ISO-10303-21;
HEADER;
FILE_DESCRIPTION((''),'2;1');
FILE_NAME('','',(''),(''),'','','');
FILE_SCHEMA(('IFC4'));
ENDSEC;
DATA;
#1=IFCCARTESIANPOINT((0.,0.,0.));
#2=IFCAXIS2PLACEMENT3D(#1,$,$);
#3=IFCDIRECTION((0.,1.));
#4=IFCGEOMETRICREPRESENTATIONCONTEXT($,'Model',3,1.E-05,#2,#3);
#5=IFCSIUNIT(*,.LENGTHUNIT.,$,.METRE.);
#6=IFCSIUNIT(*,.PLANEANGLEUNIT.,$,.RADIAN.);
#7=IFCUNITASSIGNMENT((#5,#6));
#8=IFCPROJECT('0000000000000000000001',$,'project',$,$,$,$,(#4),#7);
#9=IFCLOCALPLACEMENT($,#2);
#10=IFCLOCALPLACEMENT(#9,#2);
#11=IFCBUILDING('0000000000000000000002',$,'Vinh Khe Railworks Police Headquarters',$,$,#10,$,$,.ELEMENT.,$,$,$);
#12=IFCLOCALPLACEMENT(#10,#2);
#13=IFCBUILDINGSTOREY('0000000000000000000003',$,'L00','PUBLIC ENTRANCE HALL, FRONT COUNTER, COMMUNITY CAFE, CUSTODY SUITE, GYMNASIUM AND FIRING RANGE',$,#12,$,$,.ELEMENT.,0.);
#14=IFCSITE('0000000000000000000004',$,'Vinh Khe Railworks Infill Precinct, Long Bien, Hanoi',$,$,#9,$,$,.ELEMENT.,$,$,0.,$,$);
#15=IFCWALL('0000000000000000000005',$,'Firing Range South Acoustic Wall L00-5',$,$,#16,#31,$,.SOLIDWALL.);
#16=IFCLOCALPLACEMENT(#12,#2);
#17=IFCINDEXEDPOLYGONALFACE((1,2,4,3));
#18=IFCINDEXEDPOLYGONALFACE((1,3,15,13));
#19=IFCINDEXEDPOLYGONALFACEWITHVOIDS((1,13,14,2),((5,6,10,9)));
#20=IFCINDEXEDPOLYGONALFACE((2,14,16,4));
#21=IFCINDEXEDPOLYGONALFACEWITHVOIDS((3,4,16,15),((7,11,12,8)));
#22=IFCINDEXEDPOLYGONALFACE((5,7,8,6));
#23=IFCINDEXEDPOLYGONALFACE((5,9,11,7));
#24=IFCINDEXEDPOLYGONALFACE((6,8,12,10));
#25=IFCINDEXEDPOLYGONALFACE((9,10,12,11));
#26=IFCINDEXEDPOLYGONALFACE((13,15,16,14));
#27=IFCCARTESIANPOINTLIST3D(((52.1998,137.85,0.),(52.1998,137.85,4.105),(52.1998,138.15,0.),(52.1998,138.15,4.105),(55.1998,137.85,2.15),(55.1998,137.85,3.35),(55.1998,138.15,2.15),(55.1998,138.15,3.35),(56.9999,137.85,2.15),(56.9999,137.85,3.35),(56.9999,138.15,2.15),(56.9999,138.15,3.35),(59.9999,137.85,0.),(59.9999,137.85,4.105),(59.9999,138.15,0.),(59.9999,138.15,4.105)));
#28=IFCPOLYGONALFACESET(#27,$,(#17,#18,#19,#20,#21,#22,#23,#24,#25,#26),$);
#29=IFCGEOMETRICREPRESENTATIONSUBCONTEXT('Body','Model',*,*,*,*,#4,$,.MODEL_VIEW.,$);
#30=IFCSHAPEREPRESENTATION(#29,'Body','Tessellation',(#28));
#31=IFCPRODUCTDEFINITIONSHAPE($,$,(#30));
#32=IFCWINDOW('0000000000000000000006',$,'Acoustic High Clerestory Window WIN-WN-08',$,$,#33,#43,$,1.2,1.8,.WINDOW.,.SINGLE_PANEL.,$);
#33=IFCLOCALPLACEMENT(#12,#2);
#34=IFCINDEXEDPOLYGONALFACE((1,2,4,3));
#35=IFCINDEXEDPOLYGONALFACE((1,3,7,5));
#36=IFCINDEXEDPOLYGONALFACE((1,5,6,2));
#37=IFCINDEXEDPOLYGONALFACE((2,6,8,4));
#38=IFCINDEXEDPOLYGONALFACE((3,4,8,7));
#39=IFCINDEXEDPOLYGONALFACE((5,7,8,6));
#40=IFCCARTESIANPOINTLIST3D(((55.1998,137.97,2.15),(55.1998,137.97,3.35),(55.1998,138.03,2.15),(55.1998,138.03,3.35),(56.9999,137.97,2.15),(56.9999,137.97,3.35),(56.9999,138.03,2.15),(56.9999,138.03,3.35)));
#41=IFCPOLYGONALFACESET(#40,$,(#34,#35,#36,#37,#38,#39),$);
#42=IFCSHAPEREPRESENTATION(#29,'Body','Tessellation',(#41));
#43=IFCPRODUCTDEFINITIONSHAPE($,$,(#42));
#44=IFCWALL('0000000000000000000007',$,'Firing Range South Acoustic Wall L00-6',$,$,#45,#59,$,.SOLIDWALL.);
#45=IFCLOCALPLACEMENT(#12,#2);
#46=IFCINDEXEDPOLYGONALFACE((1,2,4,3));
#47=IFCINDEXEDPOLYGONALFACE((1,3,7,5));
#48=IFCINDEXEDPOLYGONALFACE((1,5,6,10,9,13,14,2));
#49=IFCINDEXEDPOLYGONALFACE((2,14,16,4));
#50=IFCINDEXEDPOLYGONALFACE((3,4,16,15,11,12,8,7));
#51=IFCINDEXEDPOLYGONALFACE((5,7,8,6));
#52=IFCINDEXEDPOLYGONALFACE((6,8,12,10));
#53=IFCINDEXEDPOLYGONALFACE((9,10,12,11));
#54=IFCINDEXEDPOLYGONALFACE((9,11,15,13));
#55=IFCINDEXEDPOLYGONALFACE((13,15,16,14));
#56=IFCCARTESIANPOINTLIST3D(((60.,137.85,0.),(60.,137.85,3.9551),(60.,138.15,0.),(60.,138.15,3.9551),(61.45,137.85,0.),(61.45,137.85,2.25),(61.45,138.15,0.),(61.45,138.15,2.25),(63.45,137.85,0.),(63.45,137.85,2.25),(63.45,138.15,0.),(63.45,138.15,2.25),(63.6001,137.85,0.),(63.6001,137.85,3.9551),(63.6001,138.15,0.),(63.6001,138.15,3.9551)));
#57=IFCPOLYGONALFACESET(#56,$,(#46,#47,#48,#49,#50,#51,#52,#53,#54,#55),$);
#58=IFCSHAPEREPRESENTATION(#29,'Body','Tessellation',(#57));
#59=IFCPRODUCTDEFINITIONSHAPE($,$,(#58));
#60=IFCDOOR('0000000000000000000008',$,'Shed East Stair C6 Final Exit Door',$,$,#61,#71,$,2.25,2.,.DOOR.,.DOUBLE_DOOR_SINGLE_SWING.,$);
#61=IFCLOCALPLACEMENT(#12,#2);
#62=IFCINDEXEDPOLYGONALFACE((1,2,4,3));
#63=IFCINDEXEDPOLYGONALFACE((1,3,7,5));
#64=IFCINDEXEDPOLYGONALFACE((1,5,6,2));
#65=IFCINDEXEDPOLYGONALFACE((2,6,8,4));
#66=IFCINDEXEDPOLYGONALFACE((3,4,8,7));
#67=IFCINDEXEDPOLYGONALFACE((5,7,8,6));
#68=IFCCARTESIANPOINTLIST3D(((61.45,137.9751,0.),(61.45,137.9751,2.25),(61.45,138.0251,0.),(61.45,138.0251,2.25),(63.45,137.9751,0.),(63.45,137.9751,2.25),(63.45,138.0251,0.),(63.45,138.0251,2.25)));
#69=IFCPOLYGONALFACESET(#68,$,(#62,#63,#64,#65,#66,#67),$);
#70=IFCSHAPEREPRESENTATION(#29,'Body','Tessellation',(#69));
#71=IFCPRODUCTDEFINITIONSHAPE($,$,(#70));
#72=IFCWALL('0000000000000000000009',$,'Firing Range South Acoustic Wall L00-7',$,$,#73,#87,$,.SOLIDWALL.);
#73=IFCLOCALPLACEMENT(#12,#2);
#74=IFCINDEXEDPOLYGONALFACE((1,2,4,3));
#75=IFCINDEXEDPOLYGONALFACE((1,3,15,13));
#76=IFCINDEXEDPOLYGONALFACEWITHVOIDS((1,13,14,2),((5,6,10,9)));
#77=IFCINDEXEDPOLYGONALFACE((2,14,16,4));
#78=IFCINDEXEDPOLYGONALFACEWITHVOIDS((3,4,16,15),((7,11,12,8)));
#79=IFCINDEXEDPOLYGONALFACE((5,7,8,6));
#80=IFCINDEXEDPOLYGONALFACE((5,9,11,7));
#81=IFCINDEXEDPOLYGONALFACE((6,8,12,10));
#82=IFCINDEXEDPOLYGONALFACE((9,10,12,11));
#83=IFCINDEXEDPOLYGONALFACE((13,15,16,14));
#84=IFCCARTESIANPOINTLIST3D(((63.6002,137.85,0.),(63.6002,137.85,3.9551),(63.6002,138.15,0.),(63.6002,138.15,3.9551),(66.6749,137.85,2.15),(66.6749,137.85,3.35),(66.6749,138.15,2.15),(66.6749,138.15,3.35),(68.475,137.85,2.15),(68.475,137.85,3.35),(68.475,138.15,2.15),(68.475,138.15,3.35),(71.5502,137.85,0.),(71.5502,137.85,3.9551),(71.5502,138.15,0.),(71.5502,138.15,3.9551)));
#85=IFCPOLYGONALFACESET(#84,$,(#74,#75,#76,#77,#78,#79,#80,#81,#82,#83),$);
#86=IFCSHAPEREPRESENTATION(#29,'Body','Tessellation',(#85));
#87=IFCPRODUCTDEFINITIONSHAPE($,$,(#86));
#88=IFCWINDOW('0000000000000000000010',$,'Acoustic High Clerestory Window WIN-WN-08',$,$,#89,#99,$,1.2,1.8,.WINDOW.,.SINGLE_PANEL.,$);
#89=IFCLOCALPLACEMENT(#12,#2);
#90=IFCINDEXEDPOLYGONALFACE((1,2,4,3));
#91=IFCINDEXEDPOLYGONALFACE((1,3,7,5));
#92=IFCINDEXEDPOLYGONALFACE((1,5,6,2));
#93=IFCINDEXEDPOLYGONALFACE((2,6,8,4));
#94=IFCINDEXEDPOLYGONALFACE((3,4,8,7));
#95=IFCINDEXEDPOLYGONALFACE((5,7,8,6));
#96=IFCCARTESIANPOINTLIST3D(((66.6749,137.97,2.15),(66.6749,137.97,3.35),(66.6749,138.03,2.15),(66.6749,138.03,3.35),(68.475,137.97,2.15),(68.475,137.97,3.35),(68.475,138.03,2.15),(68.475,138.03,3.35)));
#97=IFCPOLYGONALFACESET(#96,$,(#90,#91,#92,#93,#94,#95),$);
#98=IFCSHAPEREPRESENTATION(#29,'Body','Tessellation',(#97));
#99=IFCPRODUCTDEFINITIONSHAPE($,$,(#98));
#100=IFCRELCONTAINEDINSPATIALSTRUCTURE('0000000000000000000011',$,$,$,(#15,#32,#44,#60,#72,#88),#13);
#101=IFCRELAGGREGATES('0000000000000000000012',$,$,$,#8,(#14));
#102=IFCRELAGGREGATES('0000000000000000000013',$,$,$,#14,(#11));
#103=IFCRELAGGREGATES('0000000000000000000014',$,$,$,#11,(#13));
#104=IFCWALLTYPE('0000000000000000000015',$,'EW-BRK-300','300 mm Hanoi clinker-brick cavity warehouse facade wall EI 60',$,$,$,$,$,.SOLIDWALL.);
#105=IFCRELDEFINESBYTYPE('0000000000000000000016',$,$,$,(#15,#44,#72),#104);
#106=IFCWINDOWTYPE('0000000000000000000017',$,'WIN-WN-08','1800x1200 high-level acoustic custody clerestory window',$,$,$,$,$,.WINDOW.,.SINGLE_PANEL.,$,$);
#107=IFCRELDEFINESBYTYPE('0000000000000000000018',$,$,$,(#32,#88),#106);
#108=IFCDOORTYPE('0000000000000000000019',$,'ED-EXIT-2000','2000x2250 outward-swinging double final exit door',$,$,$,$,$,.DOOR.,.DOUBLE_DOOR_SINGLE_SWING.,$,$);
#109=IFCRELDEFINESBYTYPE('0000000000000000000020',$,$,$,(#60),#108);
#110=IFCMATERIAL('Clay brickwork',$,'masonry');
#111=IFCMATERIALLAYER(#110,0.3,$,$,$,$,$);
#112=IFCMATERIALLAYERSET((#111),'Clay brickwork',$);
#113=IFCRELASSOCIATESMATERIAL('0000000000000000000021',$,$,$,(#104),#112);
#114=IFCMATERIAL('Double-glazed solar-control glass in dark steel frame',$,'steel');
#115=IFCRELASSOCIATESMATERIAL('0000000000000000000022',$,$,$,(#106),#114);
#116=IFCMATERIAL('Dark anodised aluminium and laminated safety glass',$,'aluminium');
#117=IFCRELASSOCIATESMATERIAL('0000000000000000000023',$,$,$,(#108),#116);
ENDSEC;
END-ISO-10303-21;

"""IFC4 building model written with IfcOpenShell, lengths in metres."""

from ifc_helpers import new_model, si_unit, direction, frame, frame_2d, origin, place, context, subcontext, project, spatial, rectangle, extrude, material, layer, layer_set, type_object, element, fill, save


model = new_model("IFC4")

# Units and contexts
model_context = context("Model", 3, precision=1e-05, world=origin(), true_north=direction((0.0, 1.0)))
body_context = subcontext(model_context, "Body", "Model", "MODEL_VIEW")
ifc_project = project(units=[si_unit("LENGTHUNIT", "METRE"), si_unit("PLANEANGLEUNIT", "RADIAN")], contexts=[model_context])

# Site, building, storey
site_placement = place(None, origin())
site = spatial("IfcSite", under=ifc_project, at=site_placement, Name="Vinh Khe Railworks Infill Precinct, Long Bien, Hanoi", CompositionType="ELEMENT", RefElevation=0.0)
building_placement = place(site_placement, origin())
building = spatial("IfcBuilding", under=site, at=building_placement, Name="Vinh Khe Railworks Police Headquarters", CompositionType="ELEMENT")
storey_placement = place(building_placement, origin())
storey = spatial("IfcBuildingStorey", under=building, at=storey_placement, Name="L00", Description="PUBLIC ENTRANCE HALL, FRONT COUNTER, COMMUNITY CAFE, CUSTODY SUITE, GYMNASIUM AND FIRING RANGE", CompositionType="ELEMENT", Elevation=0.0)

# Wall, opening, window
ifc_material_1 = material(Name="Clay brickwork", Category="masonry")
ifc_layer = layer(ifc_material_1, 0.3)
ifc_layer_set = layer_set([ifc_layer], Name="Clay brickwork")
wall_type = type_object("IfcWallType", Name="EW-BRK-300", Description="300 mm Hanoi clinker-brick cavity warehouse facade wall EI 60", PredefinedType="SOLIDWALL", material=ifc_layer_set)
ifc_material_2 = material(Name="Double-glazed solar-control glass in dark steel frame", Category="steel")
window_type = type_object("IfcWindowType", Name="WIN-WN-08", Description="1800x1200 high-level acoustic custody clerestory window", PartitioningType="SINGLE_PANEL", PredefinedType="WINDOW", material=ifc_material_2)
wall_1_placement = place(storey_placement, frame((52.2, 138.0, 0.0), z_axis=(0.0, 0.0, 1.0), x_axis=(1.0, 0.0, 0.0)))
wall_1 = element("IfcWall", 1, at=wall_1_placement, inside=storey, type_object=wall_type, Name="Firing Range South Acoustic Wall L00-5", PredefinedType="SOLIDWALL", context=body_context, shape_type="SweptSolid", body=[
    extrude(rectangle(XDim=7.8, YDim=0.3, at=frame_2d((3.8999, 0.0))), origin(), (0.0, 0.0, 1.0), 4.105),
])
opening_1_placement = place(wall_1_placement, frame((3.0, 0.0, 2.1499)))
opening_1 = element("IfcOpeningElement", 2, at=opening_1_placement, cuts=wall_1, PredefinedType="OPENING", context=body_context, shape_type="SweptSolid", body=[
    extrude(rectangle(XDim=1.8, YDim=1.2, at=frame_2d((0.8999, 0.6001))), frame((0.0, 0.165, 0.0), z_axis=(0.0, -1.0, 0.0), x_axis=(1.0, 0.0, 0.0)), (0.0, 0.0, 1.0), 0.3298),
])
window_1_placement = place(opening_1_placement, origin())
window_1 = element("IfcWindow", 3, at=window_1_placement, inside=storey, type_object=window_type, Name="Acoustic High Clerestory Window WIN-WN-08", OverallHeight=1.2, OverallWidth=1.8, PartitioningType="SINGLE_PANEL", PredefinedType="WINDOW", context=body_context, shape_type="SweptSolid", body=[
    extrude(rectangle(XDim=1.8, YDim=1.2, at=frame_2d((0.8999, 0.6001))), frame((0.0, 0.03, 0.0), z_axis=(0.0, -1.0, 0.0), x_axis=(1.0, 0.0, 0.0)), (0.0, 0.0, 1.0), 0.0601),
])
fill(opening_1, window_1)

# Wall, opening, door
wall_2_placement = place(storey_placement, frame((60.0, 138.0, 0.0), z_axis=(0.0, 0.0, 1.0), x_axis=(1.0, 0.0, 0.0)))
wall_2 = element("IfcWall", 4, at=wall_2_placement, inside=storey, type_object=wall_type, Name="Firing Range South Acoustic Wall L00-6", PredefinedType="SOLIDWALL", context=body_context, shape_type="SweptSolid", body=[
    extrude(rectangle(XDim=3.6001, YDim=0.3, at=frame_2d((1.8, 0.0))), origin(), (0.0, 0.0, 1.0), 3.9551),
])
opening_2_placement = place(wall_2_placement, frame((1.45, 0.0, 0.0)))
opening_2 = element("IfcOpeningElement", 5, at=opening_2_placement, cuts=wall_2, PredefinedType="OPENING", context=body_context, shape_type="SweptSolid", body=[
    extrude(rectangle(XDim=2.0, YDim=2.25, at=frame_2d((1.0, 1.125))), frame((0.0, 0.165, 0.0), z_axis=(0.0, -1.0, 0.0), x_axis=(1.0, 0.0, 0.0)), (0.0, 0.0, 1.0), 0.3298),
])
ifc_material_3 = material(Name="Dark anodised aluminium and laminated safety glass", Category="aluminium")
door_type = type_object("IfcDoorType", Name="ED-EXIT-2000", Description="2000x2250 outward-swinging double final exit door", OperationType="DOUBLE_DOOR_SINGLE_SWING", PredefinedType="DOOR", material=ifc_material_3)
door_placement = place(opening_2_placement, frame((2.0, 0.0, 0.0), z_axis=(0.0, 0.0, 1.0), x_axis=(-1.0, 0.0, 0.0)))
door = element("IfcDoor", 6, at=door_placement, inside=storey, type_object=door_type, Name="Shed East Stair C6 Final Exit Door", OperationType="DOUBLE_DOOR_SINGLE_SWING", OverallHeight=2.25, OverallWidth=2.0, PredefinedType="DOOR", context=body_context, shape_type="SweptSolid", body=[
    extrude(rectangle(XDim=2.0, YDim=2.25, at=frame_2d((1.0, 1.125))), frame((0.0, 0.0249, 0.0), z_axis=(0.0, -1.0, 0.0), x_axis=(1.0, 0.0, 0.0)), (0.0, 0.0, 1.0), 0.05),
])
fill(opening_2, door)

# Wall, opening, window
wall_3_placement = place(storey_placement, frame((63.6001, 138.0, 0.0), z_axis=(0.0, 0.0, 1.0), x_axis=(1.0, 0.0, 0.0)))
wall_3 = element("IfcWall", 7, at=wall_3_placement, inside=storey, type_object=wall_type, Name="Firing Range South Acoustic Wall L00-7", PredefinedType="SOLIDWALL", context=body_context, shape_type="SweptSolid", body=[
    extrude(rectangle(XDim=7.95, YDim=0.3, at=frame_2d((3.9751, 0.0))), origin(), (0.0, 0.0, 1.0), 3.9551),
])
opening_3_placement = place(wall_3_placement, frame((3.075, 0.0, 2.1499)))
opening_3 = element("IfcOpeningElement", 8, at=opening_3_placement, cuts=wall_3, PredefinedType="OPENING", context=body_context, shape_type="SweptSolid", body=[
    extrude(rectangle(XDim=1.8, YDim=1.2, at=frame_2d((0.8999, 0.6001))), frame((0.0, 0.165, 0.0), z_axis=(0.0, -1.0, 0.0), x_axis=(1.0, 0.0, 0.0)), (0.0, 0.0, 1.0), 0.3298),
])
window_2_placement = place(opening_3_placement, origin())
window_2 = element("IfcWindow", 9, at=window_2_placement, inside=storey, type_object=window_type, Name="Acoustic High Clerestory Window WIN-WN-08", OverallHeight=1.2, OverallWidth=1.8, PartitioningType="SINGLE_PANEL", PredefinedType="WINDOW", context=body_context, shape_type="SweptSolid", body=[
    extrude(rectangle(XDim=1.8, YDim=1.2, at=frame_2d((0.8999, 0.6001))), frame((0.0, 0.03, 0.0), z_axis=(0.0, -1.0, 0.0), x_axis=(1.0, 0.0, 0.0)), (0.0, 0.0, 1.0), 0.0601),
])
fill(opening_3, window_2)

save(model, "model.ifc")
